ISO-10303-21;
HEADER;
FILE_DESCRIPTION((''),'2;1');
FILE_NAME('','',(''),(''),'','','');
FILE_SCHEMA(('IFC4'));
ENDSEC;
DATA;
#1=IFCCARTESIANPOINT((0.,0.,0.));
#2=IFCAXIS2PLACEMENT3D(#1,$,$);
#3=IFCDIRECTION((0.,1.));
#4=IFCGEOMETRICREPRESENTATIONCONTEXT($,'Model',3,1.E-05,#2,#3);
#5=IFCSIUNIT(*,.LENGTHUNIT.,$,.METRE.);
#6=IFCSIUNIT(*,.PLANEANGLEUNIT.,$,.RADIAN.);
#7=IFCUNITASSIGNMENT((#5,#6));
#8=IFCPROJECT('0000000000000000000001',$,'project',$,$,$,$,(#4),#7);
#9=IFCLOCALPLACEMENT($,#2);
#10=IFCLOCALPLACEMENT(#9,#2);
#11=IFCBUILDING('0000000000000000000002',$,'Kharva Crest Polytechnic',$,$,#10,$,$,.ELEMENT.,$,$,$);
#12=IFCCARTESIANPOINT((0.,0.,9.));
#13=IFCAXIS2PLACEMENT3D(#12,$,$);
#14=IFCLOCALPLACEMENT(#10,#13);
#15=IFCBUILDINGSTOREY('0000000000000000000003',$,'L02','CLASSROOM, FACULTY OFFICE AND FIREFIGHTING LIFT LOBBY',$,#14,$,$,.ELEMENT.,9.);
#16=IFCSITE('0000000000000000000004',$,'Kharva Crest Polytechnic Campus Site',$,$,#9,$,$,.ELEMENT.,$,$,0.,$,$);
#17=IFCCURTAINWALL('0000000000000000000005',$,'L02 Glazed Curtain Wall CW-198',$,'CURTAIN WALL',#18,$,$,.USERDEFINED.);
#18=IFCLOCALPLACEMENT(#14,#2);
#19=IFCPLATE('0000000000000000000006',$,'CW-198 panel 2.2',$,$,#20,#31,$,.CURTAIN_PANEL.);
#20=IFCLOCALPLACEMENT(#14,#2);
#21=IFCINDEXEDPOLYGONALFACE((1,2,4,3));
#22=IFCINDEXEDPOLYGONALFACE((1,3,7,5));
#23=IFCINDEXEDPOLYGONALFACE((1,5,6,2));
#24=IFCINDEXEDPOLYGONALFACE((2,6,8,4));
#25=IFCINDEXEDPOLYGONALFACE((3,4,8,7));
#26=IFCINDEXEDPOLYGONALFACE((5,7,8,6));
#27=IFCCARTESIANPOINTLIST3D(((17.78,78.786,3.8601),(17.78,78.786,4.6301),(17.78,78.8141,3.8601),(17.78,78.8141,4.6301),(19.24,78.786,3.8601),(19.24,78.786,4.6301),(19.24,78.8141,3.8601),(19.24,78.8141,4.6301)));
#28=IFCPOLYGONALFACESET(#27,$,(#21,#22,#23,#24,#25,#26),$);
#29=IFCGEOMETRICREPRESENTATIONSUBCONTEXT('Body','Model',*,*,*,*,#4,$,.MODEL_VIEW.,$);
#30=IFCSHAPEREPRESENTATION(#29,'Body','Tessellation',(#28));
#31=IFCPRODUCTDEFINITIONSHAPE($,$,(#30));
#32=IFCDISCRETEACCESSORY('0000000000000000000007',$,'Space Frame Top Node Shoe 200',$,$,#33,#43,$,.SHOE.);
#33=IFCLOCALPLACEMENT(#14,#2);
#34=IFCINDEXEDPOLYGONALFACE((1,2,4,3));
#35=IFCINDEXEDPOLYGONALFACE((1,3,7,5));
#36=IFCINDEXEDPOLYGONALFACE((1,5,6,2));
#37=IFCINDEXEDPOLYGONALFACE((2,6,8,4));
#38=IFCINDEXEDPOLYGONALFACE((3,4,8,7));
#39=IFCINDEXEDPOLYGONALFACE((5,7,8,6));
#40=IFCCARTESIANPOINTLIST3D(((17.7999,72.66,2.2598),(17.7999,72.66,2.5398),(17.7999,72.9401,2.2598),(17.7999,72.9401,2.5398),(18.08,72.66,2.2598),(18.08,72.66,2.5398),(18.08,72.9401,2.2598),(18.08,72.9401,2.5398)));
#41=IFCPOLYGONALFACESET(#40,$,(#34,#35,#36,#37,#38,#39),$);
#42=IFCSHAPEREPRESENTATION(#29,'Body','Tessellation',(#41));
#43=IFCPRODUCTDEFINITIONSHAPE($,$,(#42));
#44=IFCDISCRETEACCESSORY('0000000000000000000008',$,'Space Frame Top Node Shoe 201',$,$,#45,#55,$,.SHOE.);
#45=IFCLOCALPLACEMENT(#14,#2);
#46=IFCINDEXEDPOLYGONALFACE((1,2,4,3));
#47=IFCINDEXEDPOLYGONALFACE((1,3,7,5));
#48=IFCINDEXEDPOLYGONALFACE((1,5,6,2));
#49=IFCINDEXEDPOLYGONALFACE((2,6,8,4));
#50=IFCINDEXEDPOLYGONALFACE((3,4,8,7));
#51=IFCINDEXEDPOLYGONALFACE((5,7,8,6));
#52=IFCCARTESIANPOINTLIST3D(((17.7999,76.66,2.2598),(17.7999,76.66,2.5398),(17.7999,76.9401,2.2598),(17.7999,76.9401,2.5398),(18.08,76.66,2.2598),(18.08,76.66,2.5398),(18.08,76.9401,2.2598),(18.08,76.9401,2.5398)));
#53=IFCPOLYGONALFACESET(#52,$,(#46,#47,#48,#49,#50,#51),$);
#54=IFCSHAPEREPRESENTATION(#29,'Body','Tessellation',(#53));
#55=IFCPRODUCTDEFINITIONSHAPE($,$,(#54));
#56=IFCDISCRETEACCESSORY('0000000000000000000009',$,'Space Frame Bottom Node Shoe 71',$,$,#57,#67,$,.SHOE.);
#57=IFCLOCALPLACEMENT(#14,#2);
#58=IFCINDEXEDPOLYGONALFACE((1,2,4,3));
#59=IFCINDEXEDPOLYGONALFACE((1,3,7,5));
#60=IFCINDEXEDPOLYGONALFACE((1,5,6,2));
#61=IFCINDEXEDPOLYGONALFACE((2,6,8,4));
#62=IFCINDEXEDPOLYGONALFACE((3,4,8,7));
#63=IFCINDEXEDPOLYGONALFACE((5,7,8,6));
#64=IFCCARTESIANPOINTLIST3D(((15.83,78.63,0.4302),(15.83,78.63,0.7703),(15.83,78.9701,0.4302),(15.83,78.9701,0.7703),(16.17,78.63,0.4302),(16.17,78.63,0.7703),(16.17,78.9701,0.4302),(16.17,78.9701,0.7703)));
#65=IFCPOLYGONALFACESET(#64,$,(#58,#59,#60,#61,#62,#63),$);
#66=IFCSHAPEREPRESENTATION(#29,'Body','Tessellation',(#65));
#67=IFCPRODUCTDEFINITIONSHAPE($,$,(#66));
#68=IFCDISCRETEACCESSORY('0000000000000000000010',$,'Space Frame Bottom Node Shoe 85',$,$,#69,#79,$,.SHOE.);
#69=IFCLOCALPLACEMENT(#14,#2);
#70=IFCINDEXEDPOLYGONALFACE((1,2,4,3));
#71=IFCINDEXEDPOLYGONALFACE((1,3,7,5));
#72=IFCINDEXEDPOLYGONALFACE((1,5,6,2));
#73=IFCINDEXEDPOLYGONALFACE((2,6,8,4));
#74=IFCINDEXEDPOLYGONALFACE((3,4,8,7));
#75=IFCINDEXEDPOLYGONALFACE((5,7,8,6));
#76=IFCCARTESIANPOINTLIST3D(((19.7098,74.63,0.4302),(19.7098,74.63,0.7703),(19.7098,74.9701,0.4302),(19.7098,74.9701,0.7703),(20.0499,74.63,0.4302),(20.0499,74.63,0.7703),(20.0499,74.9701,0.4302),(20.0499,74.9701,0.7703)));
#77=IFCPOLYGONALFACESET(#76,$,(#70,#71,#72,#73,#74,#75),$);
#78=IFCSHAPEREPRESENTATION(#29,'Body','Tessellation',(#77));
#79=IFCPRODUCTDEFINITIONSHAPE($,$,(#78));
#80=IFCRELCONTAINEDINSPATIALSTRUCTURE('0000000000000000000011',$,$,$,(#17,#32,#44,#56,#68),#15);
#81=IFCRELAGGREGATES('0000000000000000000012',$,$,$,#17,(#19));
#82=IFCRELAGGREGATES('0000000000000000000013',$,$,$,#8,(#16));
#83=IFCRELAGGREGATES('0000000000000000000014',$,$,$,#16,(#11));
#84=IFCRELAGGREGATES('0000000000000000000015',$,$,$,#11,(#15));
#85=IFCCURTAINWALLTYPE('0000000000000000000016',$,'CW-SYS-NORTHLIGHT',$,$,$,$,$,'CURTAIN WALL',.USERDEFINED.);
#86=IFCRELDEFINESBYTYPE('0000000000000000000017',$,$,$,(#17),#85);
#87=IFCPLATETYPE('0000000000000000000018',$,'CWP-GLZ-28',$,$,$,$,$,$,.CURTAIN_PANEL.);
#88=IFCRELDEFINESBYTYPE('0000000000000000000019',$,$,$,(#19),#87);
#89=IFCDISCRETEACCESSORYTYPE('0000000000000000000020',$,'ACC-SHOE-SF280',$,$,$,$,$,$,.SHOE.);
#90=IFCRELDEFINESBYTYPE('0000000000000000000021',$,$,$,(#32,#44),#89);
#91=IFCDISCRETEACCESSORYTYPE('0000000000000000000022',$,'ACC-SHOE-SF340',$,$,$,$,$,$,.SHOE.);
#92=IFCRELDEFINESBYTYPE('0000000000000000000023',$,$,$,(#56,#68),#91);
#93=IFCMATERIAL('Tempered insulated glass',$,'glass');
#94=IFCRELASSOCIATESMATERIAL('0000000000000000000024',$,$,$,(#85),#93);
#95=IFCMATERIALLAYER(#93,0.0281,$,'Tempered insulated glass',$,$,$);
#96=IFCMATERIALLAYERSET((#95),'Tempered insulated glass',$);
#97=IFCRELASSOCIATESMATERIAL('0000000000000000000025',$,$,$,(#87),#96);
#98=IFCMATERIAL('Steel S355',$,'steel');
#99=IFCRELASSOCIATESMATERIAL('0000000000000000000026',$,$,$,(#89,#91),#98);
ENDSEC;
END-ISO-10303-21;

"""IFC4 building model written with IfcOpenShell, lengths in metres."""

from ifc_helpers import new_model, si_unit, direction, frame, origin, origin_2d, place, context, subcontext, project, spatial, rectangle, extrude, material, layer, layer_set, type_object, element, aggregate, save


model = new_model("IFC4")

# Units and contexts
model_context = context("Model", 3, precision=1e-05, world=origin(), true_north=direction((0.0, 1.0)))
body_context = subcontext(model_context, "Body", "Model", "MODEL_VIEW")
ifc_project = project(units=[si_unit("LENGTHUNIT", "METRE"), si_unit("PLANEANGLEUNIT", "RADIAN")], contexts=[model_context])

# Site, building, storey
site_placement = place(None, origin())
site = spatial("IfcSite", under=ifc_project, at=site_placement, Name="Kharva Crest Polytechnic Campus Site", CompositionType="ELEMENT", RefElevation=0.0)
building_placement = place(site_placement, origin())
building = spatial("IfcBuilding", under=site, at=building_placement, Name="Kharva Crest Polytechnic", CompositionType="ELEMENT")
storey_placement = place(building_placement, frame((0.0, 0.0, 9.0)))
storey = spatial("IfcBuildingStorey", under=building, at=storey_placement, Name="L02", Description="CLASSROOM, FACULTY OFFICE AND FIREFIGHTING LIFT LOBBY", CompositionType="ELEMENT", Elevation=9.0)

# Curtain wall
ifc_material_1 = material(Name="Tempered insulated glass", Category="glass")
curtain_wall_type = type_object("IfcCurtainWallType", Name="CW-SYS-NORTHLIGHT", ElementType="CURTAIN WALL", PredefinedType="USERDEFINED", material=ifc_material_1)
curtain_wall_placement = place(storey_placement, origin())
curtain_wall = element("IfcCurtainWall", 1, at=curtain_wall_placement, inside=storey, type_object=curtain_wall_type, Name="L02 Glazed Curtain Wall CW-198", ObjectType="CURTAIN WALL", PredefinedType="USERDEFINED")
ifc_material_2 = material(Name="Steel S355", Category="steel")

# Plate
ifc_layer = layer(ifc_material_1, 0.0281, Name="Tempered insulated glass")
ifc_layer_set = layer_set([ifc_layer], Name="Tempered insulated glass")
plate_type = type_object("IfcPlateType", Name="CWP-GLZ-28", PredefinedType="CURTAIN_PANEL", material=ifc_layer_set)
plate_1_placement = place(storey_placement, frame((18.51, 78.8, 3.8601), z_axis=(0.0, 0.0, 1.0), x_axis=(1.0, 0.0, 0.0)))
plate_1 = element("IfcPlate", 2, at=plate_1_placement, type_object=plate_type, Name="CW-198 panel 2.2", PredefinedType="CURTAIN_PANEL", context=body_context, shape_type="SweptSolid", body=[
    extrude(rectangle(XDim=1.46, YDim=0.0281, at=origin_2d()), origin(), (0.0, 0.0, 1.0), 0.77),
])
aggregate(curtain_wall, [plate_1])

# Discrete accessories
discrete_accessory_type_1 = type_object("IfcDiscreteAccessoryType", Name="ACC-SHOE-SF280", PredefinedType="SHOE", material=ifc_material_2)
for number, where, z_axis, x_axis, name in (
    (3, (17.9399, 72.8, 2.2598), (0.0, 0.0, 1.0), (1.0, 0.0, 0.0), "Space Frame Top Node Shoe 200"),
    (4, (17.9399, 76.8, 2.2598), (0.0, 0.0, 1.0), (1.0, 0.0, 0.0), "Space Frame Top Node Shoe 201"),
):
    element("IfcDiscreteAccessory", number, at=place(storey_placement, frame(where, z_axis=z_axis, x_axis=x_axis)), inside=storey, type_object=discrete_accessory_type_1, Name=name, PredefinedType="SHOE", context=body_context, shape_type="SweptSolid", body=[
        extrude(rectangle(XDim=0.28, YDim=0.28, at=origin_2d()), origin(), (0.0, 0.0, 1.0), 0.28),
    ])
discrete_accessory_type_2 = type_object("IfcDiscreteAccessoryType", Name="ACC-SHOE-SF340", PredefinedType="SHOE", material=ifc_material_2)
for number, where, z_axis, x_axis, name in (
    (5, (16.0, 78.8, 0.4302), (0.0, 0.0, 1.0), (1.0, 0.0, 0.0), "Space Frame Bottom Node Shoe 71"),
    (6, (19.8799, 74.8, 0.4302), (0.0, 0.0, 1.0), (1.0, 0.0, 0.0), "Space Frame Bottom Node Shoe 85"),
):
    element("IfcDiscreteAccessory", number, at=place(storey_placement, frame(where, z_axis=z_axis, x_axis=x_axis)), inside=storey, type_object=discrete_accessory_type_2, Name=name, PredefinedType="SHOE", context=body_context, shape_type="SweptSolid", body=[
        extrude(rectangle(XDim=0.3401, YDim=0.3401, at=origin_2d()), origin(), (0.0, 0.0, 1.0), 0.3401),
    ])

save(model, "model.ifc")
